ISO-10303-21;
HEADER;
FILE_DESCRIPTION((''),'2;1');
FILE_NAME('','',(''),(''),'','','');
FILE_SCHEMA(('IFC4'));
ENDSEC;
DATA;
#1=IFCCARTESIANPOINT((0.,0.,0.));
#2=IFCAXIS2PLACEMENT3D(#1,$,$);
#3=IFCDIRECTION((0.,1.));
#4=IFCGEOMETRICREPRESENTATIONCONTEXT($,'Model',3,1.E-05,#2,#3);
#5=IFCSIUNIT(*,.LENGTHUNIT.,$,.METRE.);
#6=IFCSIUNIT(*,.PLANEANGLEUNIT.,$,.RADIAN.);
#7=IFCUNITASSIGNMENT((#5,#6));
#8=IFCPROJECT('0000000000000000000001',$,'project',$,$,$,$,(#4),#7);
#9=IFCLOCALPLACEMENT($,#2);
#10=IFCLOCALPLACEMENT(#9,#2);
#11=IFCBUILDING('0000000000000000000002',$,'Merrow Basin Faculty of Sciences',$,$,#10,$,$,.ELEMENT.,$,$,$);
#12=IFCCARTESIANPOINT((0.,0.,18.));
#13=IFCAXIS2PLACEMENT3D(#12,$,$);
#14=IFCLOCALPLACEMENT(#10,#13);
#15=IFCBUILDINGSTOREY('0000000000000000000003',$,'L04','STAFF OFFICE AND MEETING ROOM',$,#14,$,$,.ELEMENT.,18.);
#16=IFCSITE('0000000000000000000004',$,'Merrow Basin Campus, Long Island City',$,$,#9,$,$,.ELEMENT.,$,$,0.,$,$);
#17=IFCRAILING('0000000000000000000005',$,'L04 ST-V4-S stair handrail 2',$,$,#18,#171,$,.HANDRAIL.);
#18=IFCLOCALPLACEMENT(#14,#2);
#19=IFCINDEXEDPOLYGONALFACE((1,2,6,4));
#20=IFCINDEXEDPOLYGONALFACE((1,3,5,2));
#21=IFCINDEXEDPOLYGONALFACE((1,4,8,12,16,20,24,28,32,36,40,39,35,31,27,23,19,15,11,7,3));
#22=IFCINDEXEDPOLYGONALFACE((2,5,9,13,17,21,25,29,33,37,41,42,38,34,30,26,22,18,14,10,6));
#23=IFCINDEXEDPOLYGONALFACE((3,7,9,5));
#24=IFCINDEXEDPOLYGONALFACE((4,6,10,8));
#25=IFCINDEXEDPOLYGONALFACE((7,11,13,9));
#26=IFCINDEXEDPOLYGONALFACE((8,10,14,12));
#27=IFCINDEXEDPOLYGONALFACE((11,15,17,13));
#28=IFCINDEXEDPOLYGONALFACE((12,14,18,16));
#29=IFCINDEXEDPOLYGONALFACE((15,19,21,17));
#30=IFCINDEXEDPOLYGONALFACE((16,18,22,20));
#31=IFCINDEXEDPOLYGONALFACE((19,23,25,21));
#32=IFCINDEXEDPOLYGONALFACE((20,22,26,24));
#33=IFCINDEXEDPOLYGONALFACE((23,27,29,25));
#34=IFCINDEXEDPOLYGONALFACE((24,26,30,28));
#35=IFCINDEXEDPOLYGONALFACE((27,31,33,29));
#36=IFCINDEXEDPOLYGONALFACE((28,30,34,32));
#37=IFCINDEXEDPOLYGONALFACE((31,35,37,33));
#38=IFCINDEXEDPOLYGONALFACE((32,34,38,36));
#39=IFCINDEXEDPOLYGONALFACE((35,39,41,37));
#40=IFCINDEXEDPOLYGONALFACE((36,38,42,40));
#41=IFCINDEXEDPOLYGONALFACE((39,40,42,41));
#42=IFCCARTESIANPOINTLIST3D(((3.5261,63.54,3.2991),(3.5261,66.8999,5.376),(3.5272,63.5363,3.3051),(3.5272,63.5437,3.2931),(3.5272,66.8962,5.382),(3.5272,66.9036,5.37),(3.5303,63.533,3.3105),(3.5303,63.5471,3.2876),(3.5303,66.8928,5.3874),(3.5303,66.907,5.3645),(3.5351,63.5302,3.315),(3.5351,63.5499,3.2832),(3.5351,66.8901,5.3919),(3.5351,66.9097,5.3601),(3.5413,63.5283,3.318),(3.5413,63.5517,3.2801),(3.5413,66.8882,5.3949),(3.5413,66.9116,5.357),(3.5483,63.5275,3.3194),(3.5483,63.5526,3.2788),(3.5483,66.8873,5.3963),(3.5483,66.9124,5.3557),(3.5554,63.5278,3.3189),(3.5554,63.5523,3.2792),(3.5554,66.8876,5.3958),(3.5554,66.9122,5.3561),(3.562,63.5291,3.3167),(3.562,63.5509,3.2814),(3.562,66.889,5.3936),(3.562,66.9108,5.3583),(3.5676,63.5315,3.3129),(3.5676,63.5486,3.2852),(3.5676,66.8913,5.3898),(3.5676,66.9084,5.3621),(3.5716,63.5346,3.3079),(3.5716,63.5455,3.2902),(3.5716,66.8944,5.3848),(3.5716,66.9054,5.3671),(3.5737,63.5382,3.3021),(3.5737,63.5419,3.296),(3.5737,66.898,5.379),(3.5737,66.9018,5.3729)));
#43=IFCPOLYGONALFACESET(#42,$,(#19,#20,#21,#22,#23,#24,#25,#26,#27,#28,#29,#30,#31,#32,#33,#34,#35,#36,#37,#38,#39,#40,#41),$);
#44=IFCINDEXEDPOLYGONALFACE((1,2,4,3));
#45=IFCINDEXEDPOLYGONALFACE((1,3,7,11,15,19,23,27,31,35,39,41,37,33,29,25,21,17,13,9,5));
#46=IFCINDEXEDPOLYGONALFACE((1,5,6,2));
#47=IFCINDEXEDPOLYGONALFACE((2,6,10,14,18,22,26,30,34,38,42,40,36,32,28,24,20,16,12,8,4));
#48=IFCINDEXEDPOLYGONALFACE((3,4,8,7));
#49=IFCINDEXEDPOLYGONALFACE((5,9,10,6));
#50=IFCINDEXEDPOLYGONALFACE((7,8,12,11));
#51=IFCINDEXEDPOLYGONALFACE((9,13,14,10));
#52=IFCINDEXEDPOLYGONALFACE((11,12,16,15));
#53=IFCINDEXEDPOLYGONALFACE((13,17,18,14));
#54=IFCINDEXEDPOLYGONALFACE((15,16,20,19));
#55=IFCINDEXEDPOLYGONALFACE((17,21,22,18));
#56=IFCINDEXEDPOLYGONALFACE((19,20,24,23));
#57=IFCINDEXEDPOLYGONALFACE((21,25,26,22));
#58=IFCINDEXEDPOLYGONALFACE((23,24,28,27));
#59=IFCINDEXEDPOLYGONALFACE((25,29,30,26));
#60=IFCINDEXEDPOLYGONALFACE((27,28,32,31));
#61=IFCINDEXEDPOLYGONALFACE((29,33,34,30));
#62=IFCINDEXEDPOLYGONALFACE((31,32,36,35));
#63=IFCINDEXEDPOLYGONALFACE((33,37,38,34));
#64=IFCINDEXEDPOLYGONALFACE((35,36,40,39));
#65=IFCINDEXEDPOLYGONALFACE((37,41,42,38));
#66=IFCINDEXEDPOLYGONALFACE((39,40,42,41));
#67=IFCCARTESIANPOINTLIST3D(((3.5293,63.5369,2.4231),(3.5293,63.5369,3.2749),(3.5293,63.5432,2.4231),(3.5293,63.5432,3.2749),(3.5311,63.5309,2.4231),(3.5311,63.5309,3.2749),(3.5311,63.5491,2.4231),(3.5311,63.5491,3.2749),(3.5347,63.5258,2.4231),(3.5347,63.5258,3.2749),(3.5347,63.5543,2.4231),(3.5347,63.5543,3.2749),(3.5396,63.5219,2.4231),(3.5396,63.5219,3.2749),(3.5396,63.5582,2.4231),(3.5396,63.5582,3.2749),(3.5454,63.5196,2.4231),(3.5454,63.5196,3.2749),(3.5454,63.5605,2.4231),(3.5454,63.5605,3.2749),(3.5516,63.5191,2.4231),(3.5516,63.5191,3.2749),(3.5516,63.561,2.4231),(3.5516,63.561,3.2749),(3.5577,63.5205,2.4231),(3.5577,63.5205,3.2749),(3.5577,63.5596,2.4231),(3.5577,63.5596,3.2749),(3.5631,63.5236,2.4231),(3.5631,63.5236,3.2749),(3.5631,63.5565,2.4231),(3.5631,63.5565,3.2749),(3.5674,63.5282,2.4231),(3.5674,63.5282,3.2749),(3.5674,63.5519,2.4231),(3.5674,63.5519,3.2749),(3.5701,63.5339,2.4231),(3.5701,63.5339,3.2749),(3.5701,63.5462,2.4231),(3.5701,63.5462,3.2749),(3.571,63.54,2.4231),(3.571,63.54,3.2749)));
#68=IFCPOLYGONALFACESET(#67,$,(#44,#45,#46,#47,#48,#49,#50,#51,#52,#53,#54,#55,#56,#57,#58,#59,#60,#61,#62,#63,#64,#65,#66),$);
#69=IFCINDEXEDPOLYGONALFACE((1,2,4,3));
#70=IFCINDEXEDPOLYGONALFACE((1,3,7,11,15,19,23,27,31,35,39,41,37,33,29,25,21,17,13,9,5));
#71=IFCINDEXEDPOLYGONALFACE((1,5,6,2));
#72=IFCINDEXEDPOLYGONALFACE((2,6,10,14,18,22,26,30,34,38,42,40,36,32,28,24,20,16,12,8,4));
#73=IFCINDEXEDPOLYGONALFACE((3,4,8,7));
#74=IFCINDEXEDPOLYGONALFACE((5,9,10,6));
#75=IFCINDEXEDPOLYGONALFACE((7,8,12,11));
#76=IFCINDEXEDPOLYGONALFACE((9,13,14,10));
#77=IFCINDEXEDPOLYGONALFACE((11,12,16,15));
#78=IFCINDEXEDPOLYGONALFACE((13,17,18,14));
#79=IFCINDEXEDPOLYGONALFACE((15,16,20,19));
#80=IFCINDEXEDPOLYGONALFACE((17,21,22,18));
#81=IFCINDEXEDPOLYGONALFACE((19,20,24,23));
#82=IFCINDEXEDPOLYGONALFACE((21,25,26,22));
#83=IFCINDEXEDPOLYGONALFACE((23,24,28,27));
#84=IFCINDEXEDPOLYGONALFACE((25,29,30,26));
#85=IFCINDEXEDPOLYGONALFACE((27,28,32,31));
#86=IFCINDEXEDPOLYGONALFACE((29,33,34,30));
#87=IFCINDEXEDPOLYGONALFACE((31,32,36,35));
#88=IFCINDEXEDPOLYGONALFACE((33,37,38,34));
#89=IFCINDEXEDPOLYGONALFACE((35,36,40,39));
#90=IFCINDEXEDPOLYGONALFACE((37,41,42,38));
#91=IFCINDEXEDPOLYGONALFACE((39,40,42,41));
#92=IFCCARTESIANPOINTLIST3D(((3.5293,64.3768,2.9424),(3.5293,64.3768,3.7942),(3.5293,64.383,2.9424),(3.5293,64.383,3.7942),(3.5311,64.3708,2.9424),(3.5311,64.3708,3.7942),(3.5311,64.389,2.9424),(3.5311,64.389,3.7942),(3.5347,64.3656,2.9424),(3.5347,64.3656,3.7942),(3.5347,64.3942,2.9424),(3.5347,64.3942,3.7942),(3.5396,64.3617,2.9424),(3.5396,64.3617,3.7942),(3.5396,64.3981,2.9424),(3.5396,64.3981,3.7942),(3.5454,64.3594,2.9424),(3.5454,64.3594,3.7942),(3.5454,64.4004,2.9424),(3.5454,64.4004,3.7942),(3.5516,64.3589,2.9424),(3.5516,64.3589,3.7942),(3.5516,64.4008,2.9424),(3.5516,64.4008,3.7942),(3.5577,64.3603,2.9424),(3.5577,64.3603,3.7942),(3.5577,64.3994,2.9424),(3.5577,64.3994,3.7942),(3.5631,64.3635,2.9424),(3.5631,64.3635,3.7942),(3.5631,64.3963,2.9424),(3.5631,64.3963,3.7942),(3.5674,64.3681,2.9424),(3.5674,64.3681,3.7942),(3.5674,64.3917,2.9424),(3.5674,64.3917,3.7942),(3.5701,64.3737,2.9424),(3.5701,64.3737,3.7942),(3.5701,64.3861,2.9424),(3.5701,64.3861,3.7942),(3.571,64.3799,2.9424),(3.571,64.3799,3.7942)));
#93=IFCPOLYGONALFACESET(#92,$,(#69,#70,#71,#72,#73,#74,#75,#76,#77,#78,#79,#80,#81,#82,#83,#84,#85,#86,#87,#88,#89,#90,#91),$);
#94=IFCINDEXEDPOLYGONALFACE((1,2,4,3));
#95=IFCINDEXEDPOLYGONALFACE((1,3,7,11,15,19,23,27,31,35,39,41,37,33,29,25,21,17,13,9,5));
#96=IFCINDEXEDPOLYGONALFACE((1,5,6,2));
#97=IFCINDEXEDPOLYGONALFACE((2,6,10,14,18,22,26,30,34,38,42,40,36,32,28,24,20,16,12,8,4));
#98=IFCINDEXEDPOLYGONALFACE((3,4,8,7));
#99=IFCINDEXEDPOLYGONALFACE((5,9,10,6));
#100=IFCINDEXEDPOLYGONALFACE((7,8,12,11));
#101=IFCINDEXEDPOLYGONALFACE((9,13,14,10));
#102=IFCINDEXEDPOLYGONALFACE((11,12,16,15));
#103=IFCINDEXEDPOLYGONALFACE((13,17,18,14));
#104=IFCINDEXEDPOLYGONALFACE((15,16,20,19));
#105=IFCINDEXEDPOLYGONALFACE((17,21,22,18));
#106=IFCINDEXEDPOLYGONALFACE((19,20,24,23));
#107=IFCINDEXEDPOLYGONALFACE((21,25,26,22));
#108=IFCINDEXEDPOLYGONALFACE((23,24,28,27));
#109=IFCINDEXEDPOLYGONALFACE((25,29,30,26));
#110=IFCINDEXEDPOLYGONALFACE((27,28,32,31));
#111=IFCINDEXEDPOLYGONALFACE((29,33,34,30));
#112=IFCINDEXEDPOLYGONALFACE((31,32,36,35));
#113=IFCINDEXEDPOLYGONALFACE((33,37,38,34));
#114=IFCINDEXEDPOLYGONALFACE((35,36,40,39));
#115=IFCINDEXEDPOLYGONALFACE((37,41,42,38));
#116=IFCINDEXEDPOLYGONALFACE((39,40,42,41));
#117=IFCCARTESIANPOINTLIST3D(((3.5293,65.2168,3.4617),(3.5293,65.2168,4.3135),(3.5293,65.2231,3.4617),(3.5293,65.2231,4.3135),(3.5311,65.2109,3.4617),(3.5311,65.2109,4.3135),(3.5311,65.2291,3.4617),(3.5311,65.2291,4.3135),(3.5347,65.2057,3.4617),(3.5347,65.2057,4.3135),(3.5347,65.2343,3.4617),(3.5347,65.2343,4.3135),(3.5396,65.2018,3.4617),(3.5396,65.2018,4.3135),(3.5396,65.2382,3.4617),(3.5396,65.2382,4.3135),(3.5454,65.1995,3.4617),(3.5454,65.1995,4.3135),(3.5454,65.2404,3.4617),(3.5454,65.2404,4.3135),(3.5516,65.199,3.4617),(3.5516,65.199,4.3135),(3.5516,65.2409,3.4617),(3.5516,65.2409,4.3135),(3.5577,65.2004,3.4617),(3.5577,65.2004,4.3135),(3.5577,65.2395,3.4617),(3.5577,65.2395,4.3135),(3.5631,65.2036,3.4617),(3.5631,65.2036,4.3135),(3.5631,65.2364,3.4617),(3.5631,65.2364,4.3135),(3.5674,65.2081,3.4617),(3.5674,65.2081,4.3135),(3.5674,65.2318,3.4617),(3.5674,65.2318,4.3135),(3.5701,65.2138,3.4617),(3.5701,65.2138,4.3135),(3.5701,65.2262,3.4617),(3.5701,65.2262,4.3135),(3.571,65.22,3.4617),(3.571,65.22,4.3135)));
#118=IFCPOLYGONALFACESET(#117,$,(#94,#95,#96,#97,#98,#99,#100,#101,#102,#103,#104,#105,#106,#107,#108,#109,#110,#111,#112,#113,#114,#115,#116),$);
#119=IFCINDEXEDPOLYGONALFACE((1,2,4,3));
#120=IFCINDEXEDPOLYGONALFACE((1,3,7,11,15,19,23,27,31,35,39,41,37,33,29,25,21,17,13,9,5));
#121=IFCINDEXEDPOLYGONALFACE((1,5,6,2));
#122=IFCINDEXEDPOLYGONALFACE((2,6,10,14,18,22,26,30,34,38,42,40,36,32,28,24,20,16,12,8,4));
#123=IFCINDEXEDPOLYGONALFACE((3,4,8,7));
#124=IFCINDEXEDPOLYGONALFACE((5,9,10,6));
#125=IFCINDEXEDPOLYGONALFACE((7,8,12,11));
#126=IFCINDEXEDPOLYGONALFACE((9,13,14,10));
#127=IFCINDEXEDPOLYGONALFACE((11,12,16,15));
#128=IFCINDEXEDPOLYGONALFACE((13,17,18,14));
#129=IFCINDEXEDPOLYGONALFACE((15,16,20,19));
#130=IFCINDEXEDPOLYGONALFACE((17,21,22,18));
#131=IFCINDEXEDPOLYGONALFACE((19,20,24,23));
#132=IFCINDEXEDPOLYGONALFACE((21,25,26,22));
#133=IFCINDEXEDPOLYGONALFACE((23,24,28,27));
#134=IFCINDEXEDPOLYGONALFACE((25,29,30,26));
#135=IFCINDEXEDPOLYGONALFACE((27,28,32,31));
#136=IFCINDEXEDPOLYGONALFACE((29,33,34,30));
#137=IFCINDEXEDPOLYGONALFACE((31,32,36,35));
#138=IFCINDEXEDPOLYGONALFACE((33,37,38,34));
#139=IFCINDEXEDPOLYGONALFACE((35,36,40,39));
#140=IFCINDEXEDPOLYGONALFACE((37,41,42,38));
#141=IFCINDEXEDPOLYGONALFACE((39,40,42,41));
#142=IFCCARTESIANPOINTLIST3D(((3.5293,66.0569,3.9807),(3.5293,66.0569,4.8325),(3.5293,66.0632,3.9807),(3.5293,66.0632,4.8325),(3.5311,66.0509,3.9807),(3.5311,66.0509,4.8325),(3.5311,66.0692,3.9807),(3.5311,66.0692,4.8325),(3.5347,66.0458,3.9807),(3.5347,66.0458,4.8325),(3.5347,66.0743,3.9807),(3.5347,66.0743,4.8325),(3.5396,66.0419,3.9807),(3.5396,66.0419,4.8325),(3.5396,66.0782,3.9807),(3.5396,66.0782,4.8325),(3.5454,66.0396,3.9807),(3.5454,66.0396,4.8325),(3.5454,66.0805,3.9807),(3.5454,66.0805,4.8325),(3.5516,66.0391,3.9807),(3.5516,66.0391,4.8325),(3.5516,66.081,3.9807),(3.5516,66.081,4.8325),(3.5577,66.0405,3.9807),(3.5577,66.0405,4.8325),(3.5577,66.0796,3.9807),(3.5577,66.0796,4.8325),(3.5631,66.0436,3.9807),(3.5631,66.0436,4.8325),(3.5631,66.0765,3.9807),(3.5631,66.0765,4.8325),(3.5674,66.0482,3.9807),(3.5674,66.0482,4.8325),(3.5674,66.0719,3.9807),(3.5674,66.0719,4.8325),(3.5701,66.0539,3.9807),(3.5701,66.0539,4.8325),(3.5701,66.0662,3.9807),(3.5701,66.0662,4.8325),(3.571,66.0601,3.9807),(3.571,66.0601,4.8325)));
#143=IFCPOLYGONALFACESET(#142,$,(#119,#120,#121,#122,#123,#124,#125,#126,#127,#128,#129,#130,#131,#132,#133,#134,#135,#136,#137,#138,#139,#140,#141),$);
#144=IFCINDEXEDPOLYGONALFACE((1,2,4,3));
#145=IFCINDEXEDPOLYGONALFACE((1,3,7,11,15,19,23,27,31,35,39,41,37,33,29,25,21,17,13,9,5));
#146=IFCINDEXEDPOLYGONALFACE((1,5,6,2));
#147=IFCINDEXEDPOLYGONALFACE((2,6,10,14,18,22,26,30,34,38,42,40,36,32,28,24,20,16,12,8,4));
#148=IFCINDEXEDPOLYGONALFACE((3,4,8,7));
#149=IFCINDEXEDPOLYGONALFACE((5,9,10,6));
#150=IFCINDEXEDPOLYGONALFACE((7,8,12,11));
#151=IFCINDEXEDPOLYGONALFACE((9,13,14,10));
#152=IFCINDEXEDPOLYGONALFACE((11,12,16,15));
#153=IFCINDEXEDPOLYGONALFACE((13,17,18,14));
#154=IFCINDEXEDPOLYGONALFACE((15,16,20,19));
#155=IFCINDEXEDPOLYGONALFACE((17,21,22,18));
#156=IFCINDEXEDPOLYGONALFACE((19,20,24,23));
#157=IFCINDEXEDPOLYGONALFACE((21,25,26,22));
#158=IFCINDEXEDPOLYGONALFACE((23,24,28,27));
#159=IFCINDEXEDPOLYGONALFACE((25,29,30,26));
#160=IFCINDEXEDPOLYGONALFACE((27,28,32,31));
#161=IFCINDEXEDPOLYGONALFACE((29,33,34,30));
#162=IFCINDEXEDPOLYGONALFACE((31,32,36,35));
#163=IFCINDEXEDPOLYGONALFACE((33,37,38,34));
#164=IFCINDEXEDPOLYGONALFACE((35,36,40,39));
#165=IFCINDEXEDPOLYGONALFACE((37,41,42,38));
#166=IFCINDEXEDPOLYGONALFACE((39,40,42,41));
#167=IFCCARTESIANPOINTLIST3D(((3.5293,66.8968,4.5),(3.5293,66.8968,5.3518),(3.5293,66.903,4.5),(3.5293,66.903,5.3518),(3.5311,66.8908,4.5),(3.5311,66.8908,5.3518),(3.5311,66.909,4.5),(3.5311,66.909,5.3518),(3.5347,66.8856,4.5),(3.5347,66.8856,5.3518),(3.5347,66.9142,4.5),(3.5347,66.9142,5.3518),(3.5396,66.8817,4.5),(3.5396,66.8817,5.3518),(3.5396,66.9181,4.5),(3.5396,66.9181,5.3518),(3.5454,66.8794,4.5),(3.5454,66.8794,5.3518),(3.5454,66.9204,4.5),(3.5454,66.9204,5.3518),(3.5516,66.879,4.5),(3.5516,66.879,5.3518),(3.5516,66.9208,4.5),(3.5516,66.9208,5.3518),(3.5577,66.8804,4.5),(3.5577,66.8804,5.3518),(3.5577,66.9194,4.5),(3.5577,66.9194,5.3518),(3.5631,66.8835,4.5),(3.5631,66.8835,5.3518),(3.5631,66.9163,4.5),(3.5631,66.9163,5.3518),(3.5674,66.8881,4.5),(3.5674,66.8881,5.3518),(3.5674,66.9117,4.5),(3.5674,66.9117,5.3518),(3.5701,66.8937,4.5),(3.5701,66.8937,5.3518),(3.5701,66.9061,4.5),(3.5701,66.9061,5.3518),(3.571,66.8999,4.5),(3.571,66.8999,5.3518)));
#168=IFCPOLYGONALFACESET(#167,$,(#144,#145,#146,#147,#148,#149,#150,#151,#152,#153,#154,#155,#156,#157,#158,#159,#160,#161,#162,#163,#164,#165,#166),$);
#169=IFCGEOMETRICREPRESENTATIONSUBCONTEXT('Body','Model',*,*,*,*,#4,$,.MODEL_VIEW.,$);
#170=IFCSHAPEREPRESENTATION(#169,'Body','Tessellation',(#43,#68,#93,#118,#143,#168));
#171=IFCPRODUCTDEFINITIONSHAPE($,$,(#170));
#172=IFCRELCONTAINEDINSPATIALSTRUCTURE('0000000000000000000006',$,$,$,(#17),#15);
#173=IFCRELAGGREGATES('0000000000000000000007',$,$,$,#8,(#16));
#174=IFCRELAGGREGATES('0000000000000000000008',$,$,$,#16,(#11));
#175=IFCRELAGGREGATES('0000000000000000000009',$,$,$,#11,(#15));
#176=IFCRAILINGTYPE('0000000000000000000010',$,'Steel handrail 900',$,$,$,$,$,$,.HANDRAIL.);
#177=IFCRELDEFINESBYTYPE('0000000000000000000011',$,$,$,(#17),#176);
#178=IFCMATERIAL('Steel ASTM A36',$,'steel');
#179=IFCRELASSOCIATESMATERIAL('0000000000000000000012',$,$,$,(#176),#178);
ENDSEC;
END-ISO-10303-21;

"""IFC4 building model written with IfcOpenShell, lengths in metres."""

from ifc_helpers import new_model, si_unit, direction, frame, origin, origin_2d, place, context, subcontext, project, spatial, circle, extrude, material, type_object, element, save


model = new_model("IFC4")

# Units and contexts
model_context = context("Model", 3, precision=1e-05, world=origin(), true_north=direction((0.0, 1.0)))
body_context = subcontext(model_context, "Body", "Model", "MODEL_VIEW")
ifc_project = project(units=[si_unit("LENGTHUNIT", "METRE"), si_unit("PLANEANGLEUNIT", "RADIAN")], contexts=[model_context])

# Site, building, storey
site_placement = place(None, origin())
site = spatial("IfcSite", under=ifc_project, at=site_placement, Name="Merrow Basin Campus, Long Island City", CompositionType="ELEMENT", RefElevation=0.0)
building_placement = place(site_placement, origin())
building = spatial("IfcBuilding", under=site, at=building_placement, Name="Merrow Basin Faculty of Sciences", CompositionType="ELEMENT")
storey_placement = place(building_placement, frame((0.0, 0.0, 18.0)))
storey = spatial("IfcBuildingStorey", under=building, at=storey_placement, Name="L04", Description="STAFF OFFICE AND MEETING ROOM", CompositionType="ELEMENT", Elevation=18.0)

# Railing
ifc_material_1 = material(Name="Steel ASTM A36", Category="steel")
railing_type_1 = type_object("IfcRailingType", Name="Steel handrail 900", PredefinedType="HANDRAIL", material=ifc_material_1)
railing_1_placement = place(storey_placement, frame((3.55, 63.54, 2.4231)))
element("IfcRailing", 1, at=railing_1_placement, inside=storey, type_object=railing_type_1, Name="L04 ST-V4-S stair handrail 2", PredefinedType="HANDRAIL", context=body_context, shape_type="SweptSolid", body=[
    extrude(circle(Radius=0.0239, at=origin_2d()), frame((0.0, 0.0, 0.876), z_axis=(0.0, 0.850606, 0.525803), x_axis=(-1.0, 0.0, 0.0)), (0.0, 0.0, 1.0), 3.95),
    extrude(circle(Radius=0.021, at=origin_2d()), origin(), (0.0, 0.0, 1.0), 0.8518),
    extrude(circle(Radius=0.021, at=origin_2d()), frame((0.0, 0.8398, 0.5193)), (0.0, 0.0, 1.0), 0.8518),
    extrude(circle(Radius=0.021, at=origin_2d()), frame((0.0, 1.6799, 1.0386)), (0.0, 0.0, 1.0), 0.8518),
    extrude(circle(Radius=0.021, at=origin_2d()), frame((0.0, 2.52, 1.5576)), (0.0, 0.0, 1.0), 0.8518),
    extrude(circle(Radius=0.021, at=origin_2d()), frame((0.0, 3.3599, 2.0769)), (0.0, 0.0, 1.0), 0.8518),
])

save(model, "model.ifc")
